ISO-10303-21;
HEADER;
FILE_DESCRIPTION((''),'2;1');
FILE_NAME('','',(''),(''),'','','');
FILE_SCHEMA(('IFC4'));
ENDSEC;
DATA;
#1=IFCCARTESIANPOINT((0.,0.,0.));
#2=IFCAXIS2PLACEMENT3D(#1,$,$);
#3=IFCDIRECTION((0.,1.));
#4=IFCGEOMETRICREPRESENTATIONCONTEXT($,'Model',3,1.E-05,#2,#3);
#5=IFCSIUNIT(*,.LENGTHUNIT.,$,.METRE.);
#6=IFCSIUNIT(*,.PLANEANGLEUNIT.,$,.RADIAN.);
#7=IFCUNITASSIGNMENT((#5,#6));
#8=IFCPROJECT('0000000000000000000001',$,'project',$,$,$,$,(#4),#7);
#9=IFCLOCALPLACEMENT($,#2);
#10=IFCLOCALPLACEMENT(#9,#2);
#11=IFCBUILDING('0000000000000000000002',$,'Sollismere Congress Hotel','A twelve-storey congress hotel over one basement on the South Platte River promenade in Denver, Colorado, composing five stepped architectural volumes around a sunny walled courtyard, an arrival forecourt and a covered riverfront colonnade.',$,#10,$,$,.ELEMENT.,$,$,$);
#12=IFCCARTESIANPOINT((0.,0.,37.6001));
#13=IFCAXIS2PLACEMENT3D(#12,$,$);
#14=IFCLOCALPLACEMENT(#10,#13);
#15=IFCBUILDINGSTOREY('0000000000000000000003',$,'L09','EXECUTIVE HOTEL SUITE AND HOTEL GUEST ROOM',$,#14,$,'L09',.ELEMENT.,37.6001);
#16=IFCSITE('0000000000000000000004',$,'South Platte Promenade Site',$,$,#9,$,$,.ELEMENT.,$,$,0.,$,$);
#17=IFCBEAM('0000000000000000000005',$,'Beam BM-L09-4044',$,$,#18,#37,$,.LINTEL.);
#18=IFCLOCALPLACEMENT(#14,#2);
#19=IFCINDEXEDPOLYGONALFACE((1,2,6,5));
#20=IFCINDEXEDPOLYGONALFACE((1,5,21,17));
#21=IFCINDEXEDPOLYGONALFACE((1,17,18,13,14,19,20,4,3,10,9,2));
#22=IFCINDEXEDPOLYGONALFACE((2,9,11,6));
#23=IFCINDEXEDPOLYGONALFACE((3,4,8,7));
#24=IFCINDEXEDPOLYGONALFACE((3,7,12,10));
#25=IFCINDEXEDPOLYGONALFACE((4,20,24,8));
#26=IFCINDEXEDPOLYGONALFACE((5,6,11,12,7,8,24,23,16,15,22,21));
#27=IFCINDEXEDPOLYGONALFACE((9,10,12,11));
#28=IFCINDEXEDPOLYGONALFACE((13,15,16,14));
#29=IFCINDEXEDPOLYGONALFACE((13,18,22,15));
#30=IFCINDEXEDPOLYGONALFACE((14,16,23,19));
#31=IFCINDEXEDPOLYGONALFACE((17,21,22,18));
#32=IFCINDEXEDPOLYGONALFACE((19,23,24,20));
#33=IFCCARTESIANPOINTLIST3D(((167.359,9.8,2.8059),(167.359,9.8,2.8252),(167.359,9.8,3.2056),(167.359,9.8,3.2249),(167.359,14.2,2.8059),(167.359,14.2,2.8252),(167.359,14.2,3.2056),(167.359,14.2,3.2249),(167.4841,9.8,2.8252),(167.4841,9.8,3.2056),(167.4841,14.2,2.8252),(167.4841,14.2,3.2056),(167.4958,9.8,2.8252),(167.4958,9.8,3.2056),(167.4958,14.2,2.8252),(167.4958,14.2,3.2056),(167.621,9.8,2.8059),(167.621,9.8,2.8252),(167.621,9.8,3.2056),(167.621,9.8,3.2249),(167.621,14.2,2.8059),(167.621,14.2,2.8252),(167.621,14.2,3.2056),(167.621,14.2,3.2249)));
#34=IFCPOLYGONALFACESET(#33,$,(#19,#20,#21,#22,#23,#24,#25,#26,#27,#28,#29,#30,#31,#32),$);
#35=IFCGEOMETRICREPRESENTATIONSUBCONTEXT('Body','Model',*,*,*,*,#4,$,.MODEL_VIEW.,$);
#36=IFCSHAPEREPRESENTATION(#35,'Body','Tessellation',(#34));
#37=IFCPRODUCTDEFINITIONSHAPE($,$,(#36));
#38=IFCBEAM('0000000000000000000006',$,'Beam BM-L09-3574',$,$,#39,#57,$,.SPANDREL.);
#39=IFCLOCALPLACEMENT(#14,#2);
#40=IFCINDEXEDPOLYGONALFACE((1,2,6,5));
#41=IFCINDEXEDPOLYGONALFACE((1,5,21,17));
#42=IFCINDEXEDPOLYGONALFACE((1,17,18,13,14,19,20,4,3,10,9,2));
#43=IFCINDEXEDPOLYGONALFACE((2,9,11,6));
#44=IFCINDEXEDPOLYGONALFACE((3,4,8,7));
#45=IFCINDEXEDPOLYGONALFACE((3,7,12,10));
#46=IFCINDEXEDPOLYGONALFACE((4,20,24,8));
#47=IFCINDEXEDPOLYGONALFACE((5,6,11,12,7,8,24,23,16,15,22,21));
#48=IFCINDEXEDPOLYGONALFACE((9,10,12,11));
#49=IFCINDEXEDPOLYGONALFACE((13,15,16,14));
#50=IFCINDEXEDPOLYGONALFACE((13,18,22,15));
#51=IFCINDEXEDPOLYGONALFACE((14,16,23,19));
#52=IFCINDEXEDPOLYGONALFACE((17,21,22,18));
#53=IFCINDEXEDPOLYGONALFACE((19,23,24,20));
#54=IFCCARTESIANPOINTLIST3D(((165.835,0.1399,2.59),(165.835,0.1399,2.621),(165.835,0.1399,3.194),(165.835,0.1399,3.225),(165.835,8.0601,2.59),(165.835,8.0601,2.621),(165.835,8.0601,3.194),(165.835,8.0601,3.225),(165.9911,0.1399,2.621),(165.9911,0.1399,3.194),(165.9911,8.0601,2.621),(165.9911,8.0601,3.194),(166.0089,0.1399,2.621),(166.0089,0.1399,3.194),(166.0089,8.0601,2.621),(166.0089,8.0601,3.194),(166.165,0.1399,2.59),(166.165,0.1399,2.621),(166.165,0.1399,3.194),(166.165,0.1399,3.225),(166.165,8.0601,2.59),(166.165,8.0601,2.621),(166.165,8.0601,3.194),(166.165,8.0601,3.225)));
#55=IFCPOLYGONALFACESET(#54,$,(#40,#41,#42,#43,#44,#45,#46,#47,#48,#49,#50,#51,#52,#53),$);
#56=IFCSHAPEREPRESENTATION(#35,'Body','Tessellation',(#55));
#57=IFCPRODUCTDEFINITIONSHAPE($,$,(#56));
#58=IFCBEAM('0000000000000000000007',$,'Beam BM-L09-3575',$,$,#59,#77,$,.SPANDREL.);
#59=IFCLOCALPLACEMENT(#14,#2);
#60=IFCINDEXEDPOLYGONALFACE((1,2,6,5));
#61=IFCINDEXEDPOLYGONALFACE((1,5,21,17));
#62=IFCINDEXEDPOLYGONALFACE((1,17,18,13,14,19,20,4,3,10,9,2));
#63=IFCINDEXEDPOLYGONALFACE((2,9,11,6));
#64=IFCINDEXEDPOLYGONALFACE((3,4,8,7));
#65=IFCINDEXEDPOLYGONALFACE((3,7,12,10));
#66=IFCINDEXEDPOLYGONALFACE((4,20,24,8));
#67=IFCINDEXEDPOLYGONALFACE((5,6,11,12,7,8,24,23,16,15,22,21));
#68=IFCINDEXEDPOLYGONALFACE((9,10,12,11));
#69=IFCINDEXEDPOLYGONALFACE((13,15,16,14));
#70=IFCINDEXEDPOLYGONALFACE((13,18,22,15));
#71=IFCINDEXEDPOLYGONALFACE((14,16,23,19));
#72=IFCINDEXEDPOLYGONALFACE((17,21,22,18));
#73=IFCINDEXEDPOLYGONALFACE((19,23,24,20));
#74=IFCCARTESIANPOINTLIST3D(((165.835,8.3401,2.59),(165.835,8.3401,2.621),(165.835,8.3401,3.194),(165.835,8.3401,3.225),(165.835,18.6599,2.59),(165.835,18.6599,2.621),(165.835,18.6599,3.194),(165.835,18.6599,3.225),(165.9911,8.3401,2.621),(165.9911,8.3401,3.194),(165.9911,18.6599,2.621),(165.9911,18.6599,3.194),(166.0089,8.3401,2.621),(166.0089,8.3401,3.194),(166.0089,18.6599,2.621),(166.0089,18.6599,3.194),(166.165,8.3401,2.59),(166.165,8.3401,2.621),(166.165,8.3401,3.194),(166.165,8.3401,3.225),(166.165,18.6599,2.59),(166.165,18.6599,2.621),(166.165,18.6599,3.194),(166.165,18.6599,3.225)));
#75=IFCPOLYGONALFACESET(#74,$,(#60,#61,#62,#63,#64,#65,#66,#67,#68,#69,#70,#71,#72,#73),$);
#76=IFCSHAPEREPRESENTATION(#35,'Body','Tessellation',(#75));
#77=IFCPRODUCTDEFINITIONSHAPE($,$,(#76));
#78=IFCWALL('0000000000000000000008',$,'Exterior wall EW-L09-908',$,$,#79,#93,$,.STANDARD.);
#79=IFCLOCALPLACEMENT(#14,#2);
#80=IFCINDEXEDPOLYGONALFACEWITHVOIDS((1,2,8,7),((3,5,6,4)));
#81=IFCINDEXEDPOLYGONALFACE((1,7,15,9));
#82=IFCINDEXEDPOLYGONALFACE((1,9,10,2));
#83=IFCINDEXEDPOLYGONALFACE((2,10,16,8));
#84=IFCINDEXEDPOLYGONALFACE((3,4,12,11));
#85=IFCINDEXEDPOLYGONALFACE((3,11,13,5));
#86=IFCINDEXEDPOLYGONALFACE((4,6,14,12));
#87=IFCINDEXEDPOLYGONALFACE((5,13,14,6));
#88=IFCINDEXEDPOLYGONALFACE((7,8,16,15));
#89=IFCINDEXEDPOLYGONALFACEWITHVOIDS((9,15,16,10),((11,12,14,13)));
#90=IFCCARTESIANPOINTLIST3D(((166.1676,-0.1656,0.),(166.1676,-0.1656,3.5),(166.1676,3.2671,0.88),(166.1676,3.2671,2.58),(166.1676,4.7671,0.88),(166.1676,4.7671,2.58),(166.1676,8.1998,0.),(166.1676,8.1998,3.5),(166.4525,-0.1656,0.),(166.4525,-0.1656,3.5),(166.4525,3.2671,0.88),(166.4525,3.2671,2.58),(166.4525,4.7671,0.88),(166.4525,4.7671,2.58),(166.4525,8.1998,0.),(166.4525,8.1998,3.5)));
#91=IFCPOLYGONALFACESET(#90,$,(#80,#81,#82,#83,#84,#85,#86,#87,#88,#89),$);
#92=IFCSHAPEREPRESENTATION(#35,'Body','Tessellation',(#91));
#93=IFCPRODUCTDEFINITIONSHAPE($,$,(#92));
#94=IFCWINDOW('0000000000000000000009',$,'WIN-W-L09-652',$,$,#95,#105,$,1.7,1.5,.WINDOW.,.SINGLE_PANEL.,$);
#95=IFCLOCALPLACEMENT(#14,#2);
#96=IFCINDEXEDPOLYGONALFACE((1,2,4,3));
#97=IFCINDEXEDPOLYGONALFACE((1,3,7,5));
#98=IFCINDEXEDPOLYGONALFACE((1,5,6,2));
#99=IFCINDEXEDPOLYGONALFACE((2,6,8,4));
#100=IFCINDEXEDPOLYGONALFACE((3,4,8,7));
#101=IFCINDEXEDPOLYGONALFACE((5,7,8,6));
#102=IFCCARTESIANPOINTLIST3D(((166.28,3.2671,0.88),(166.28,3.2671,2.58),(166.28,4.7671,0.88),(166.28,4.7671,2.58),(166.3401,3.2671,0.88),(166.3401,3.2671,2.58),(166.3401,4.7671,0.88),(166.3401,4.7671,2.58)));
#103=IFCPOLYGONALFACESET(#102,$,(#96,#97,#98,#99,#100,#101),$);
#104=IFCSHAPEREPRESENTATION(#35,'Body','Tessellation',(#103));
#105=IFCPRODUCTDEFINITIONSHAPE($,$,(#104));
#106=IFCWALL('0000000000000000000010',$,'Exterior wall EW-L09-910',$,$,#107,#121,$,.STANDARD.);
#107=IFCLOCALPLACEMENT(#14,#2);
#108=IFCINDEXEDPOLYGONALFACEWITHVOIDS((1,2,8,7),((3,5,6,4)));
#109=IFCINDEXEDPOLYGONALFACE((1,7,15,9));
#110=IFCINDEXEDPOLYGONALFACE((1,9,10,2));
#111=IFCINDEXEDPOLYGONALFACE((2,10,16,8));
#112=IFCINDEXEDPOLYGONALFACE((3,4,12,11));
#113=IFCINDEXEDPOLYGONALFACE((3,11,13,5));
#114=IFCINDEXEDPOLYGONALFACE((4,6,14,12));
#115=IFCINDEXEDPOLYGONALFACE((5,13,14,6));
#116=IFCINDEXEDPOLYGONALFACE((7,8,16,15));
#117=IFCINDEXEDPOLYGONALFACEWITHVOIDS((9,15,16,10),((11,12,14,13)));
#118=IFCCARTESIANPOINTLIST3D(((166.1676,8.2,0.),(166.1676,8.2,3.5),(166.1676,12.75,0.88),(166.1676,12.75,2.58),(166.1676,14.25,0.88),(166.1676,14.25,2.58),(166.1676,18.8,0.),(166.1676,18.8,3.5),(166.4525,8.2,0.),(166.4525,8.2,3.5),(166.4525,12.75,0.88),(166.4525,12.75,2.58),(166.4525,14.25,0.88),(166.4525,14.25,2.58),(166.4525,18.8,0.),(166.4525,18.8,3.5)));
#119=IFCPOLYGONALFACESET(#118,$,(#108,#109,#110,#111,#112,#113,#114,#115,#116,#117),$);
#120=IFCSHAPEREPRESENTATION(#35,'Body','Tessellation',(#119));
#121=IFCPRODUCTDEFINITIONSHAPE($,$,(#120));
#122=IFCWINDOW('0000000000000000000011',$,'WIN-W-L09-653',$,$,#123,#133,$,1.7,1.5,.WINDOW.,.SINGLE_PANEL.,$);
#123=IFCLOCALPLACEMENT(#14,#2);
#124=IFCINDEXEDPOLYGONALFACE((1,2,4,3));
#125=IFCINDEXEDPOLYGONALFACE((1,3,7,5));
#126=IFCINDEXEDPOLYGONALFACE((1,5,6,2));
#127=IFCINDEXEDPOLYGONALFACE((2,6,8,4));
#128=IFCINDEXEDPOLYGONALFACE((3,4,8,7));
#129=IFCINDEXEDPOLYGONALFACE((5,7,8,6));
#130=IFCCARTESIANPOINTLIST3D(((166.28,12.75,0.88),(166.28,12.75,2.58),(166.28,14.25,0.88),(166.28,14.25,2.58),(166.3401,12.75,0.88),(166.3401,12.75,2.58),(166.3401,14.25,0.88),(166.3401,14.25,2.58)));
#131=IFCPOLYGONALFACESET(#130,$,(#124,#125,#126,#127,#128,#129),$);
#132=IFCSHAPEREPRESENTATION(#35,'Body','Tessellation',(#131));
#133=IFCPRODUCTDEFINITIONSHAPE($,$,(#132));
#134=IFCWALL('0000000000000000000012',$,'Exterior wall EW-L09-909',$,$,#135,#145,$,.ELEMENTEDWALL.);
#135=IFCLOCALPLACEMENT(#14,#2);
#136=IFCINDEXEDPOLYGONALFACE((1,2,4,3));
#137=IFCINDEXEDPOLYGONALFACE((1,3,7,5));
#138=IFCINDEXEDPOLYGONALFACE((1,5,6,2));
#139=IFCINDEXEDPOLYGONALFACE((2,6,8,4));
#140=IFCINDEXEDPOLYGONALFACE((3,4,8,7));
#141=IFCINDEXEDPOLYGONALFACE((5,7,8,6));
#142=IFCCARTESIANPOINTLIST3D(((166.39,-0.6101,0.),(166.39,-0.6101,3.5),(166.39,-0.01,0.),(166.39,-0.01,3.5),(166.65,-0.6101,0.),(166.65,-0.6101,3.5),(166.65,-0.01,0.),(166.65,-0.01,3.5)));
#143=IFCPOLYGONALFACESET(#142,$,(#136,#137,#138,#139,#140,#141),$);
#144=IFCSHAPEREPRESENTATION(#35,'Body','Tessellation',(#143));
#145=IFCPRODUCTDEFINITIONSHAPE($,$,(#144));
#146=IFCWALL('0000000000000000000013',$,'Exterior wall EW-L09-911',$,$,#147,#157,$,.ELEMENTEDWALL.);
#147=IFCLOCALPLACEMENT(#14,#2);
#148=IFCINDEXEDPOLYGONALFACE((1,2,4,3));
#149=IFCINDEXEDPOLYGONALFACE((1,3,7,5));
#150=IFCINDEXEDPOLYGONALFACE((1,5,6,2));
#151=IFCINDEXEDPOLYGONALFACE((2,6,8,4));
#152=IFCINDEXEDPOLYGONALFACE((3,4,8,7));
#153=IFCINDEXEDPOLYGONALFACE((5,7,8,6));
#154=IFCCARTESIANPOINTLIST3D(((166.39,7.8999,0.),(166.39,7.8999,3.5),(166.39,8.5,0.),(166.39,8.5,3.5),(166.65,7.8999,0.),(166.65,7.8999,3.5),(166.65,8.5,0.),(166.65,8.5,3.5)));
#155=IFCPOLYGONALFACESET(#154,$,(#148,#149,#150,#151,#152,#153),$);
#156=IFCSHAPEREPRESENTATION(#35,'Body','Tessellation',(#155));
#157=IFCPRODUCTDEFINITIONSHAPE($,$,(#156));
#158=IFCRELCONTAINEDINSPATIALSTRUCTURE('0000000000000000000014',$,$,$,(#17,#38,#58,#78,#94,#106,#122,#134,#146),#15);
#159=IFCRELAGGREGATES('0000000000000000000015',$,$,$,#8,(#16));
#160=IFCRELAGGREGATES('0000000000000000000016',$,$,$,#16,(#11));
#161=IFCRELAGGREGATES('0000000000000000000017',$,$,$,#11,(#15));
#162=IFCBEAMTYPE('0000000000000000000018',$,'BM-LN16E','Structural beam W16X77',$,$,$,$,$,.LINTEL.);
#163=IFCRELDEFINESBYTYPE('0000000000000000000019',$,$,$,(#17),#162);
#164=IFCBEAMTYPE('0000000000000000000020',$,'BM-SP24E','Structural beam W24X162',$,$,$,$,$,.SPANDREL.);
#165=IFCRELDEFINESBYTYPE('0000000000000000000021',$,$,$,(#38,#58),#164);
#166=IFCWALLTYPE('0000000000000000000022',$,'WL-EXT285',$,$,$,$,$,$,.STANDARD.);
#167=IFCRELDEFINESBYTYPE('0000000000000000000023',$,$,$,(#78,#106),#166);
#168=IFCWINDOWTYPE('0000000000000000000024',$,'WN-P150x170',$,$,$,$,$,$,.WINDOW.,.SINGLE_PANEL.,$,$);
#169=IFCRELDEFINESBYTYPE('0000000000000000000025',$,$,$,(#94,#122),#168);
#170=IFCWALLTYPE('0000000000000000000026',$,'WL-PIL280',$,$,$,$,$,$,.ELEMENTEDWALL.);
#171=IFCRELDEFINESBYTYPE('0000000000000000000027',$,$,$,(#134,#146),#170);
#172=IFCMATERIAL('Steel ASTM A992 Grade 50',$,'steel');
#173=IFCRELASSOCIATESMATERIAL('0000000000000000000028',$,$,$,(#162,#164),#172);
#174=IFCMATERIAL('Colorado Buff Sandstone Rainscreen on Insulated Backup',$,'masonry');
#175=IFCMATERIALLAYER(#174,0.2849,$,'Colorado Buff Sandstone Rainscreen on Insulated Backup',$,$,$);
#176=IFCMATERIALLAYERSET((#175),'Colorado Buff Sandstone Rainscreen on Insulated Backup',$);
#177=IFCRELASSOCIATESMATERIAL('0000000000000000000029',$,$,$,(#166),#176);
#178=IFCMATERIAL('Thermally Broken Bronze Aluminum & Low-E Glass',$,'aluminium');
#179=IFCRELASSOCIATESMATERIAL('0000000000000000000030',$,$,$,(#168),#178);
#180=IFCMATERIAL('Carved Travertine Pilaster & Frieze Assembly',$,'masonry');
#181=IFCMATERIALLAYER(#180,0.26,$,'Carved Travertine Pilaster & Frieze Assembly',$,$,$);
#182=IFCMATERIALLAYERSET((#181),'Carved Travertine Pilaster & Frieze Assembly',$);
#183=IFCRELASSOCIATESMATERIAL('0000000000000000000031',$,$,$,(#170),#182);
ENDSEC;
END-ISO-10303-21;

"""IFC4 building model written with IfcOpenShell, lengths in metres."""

from ifc_helpers import new_model, si_unit, direction, frame, frame_2d, origin, origin_2d, place, context, subcontext, project, spatial, rectangle, i_section, extrude, material, layer, layer_set, material_profile, profile_set, type_object, element, fill, save


model = new_model("IFC4")

# Units and contexts
model_context = context("Model", 3, precision=1e-05, world=origin(), true_north=direction((0.0, 1.0)))
body_context = subcontext(model_context, "Body", "Model", "MODEL_VIEW")
ifc_project = project(units=[si_unit("LENGTHUNIT", "METRE"), si_unit("PLANEANGLEUNIT", "RADIAN")], contexts=[model_context])

# Site, building, storey
site_placement = place(None, origin())
site = spatial("IfcSite", under=ifc_project, at=site_placement, Name="South Platte Promenade Site", CompositionType="ELEMENT", RefElevation=0.0)
building_placement = place(site_placement, origin())
building = spatial("IfcBuilding", under=site, at=building_placement, Name="Sollismere Congress Hotel", Description="A twelve-storey congress hotel over one basement on the South Platte River promenade in Denver, Colorado, composing five stepped architectural volumes around a sunny walled courtyard, an arrival forecourt and a covered riverfront colonnade.", CompositionType="ELEMENT")
storey_placement = place(building_placement, frame((0.0, 0.0, 37.6001)))
storey = spatial("IfcBuildingStorey", under=building, at=storey_placement, Name="L09", Description="EXECUTIVE HOTEL SUITE AND HOTEL GUEST ROOM", LongName="L09", CompositionType="ELEMENT", Elevation=37.6001)

# Shared definitions
ifc_material_1 = material(Name="Steel ASTM A992 Grade 50", Category="steel")

# Beams
ifc_material_profile_1 = material_profile(ifc_material_1, i_section(OverallWidth=0.262, OverallDepth=0.4189, WebThickness=0.0117, FlangeThickness=0.0193, at=origin_2d()), Name="W16X77")
ifc_profile_set_1 = profile_set([ifc_material_profile_1], Name="Steel ASTM A992 Grade 50")
beam_type_1 = type_object("IfcBeamType", Name="BM-LN16E", Description="Structural beam W16X77", PredefinedType="LINTEL", material=ifc_profile_set_1)
beam_1_placement = place(storey_placement, frame((167.49, 9.8, 3.0154), z_axis=(0.0, 1.0, 0.0), x_axis=(-1.0, 0.0, 0.0)))
element("IfcBeam", 1, at=beam_1_placement, inside=storey, type_object=beam_type_1, Name="Beam BM-L09-4044", PredefinedType="LINTEL", context=body_context, shape_type="SweptSolid", body=[
    extrude(i_section(OverallWidth=0.262, OverallDepth=0.4189, WebThickness=0.0117, FlangeThickness=0.0193, at=origin_2d()), origin(), (0.0, 0.0, 1.0), 4.3999),
])
ifc_material_profile_2 = material_profile(ifc_material_1, i_section(OverallWidth=0.3301, OverallDepth=0.635, WebThickness=0.0178, FlangeThickness=0.031, at=origin_2d()), Name="W24X162")
ifc_profile_set_2 = profile_set([ifc_material_profile_2], Name="Steel ASTM A992 Grade 50")
beam_type_2 = type_object("IfcBeamType", Name="BM-SP24E", Description="Structural beam W24X162", PredefinedType="SPANDREL", material=ifc_profile_set_2)
beam_2_placement = place(storey_placement, frame((166.0, 0.1399, 2.9075), z_axis=(0.0, 1.0, 0.0), x_axis=(-1.0, 0.0, 0.0)))
element("IfcBeam", 2, at=beam_2_placement, inside=storey, type_object=beam_type_2, Name="Beam BM-L09-3574", PredefinedType="SPANDREL", context=body_context, shape_type="SweptSolid", body=[
    extrude(i_section(OverallWidth=0.3301, OverallDepth=0.635, WebThickness=0.0178, FlangeThickness=0.031, at=origin_2d()), origin(), (0.0, 0.0, 1.0), 7.9202),
])
beam_3_placement = place(storey_placement, frame((166.0, 8.3401, 2.9075), z_axis=(0.0, 1.0, 0.0), x_axis=(-1.0, 0.0, 0.0)))
element("IfcBeam", 3, at=beam_3_placement, inside=storey, type_object=beam_type_2, Name="Beam BM-L09-3575", PredefinedType="SPANDREL", context=body_context, shape_type="SweptSolid", body=[
    extrude(i_section(OverallWidth=0.3301, OverallDepth=0.635, WebThickness=0.0178, FlangeThickness=0.031, at=origin_2d()), origin(), (0.0, 0.0, 1.0), 10.3198),
])

# Walls, openings, windows
ifc_material_2 = material(Name="Colorado Buff Sandstone Rainscreen on Insulated Backup", Category="masonry")
ifc_layer_1 = layer(ifc_material_2, 0.2849, Name="Colorado Buff Sandstone Rainscreen on Insulated Backup")
ifc_layer_set_1 = layer_set([ifc_layer_1], Name="Colorado Buff Sandstone Rainscreen on Insulated Backup")
wall_type_1 = type_object("IfcWallType", Name="WL-EXT285", PredefinedType="STANDARD", material=ifc_layer_set_1)
wall_1_placement = place(storey_placement, frame((166.3101, -0.1655, 0.0), z_axis=(0.0, 0.0, 1.0), x_axis=(0.0, 1.0, 0.0)))
wall_1 = element("IfcWall", 4, at=wall_1_placement, inside=storey, type_object=wall_type_1, Name="Exterior wall EW-L09-908", PredefinedType="STANDARD", context=body_context, shape_type="SweptSolid", body=[
    extrude(rectangle(XDim=8.3655, YDim=0.2849, at=frame_2d((4.1826, 0.0))), origin(), (0.0, 0.0, 1.0), 3.5),
])
opening_1_placement = place(wall_1_placement, frame((3.4326, 0.0, 0.8799)))
opening_1 = element("IfcOpeningElement", 5, at=opening_1_placement, cuts=wall_1, PredefinedType="OPENING", context=body_context, shape_type="SweptSolid", body=[
    extrude(rectangle(XDim=1.5, YDim=1.7, at=frame_2d((0.75, 0.8501))), frame((0.0, 0.1523, 0.0), z_axis=(0.0, -1.0, 0.0), x_axis=(1.0, 0.0, 0.0)), (0.0, 0.0, 1.0), 0.3049),
])
ifc_material_3 = material(Name="Thermally Broken Bronze Aluminum & Low-E Glass", Category="aluminium")
window_type = type_object("IfcWindowType", Name="WN-P150x170", PartitioningType="SINGLE_PANEL", PredefinedType="WINDOW", material=ifc_material_3)
window_1_placement = place(opening_1_placement, origin())
window_1 = element("IfcWindow", 6, at=window_1_placement, inside=storey, type_object=window_type, Name="WIN-W-L09-652", OverallHeight=1.7, OverallWidth=1.5, PartitioningType="SINGLE_PANEL", PredefinedType="WINDOW", context=body_context, shape_type="SweptSolid", body=[
    extrude(rectangle(XDim=1.5, YDim=1.7, at=frame_2d((0.75, 0.8501))), frame((0.0, 0.03, 0.0), z_axis=(0.0, -1.0, 0.0), x_axis=(1.0, 0.0, 0.0)), (0.0, 0.0, 1.0), 0.0601),
])
fill(opening_1, window_1)
wall_2_placement = place(storey_placement, frame((166.3101, 8.2, 0.0), z_axis=(0.0, 0.0, 1.0), x_axis=(0.0, 1.0, 0.0)))
wall_2 = element("IfcWall", 7, at=wall_2_placement, inside=storey, type_object=wall_type_1, Name="Exterior wall EW-L09-910", PredefinedType="STANDARD", context=body_context, shape_type="SweptSolid", body=[
    extrude(rectangle(XDim=10.6001, YDim=0.2849, at=frame_2d((5.3, 0.0))), origin(), (0.0, 0.0, 1.0), 3.5),
])
opening_2_placement = place(wall_2_placement, frame((4.55, 0.0, 0.8799)))
opening_2 = element("IfcOpeningElement", 8, at=opening_2_placement, cuts=wall_2, PredefinedType="OPENING", context=body_context, shape_type="SweptSolid", body=[
    extrude(rectangle(XDim=1.5, YDim=1.7, at=frame_2d((0.75, 0.8501))), frame((0.0, 0.1523, 0.0), z_axis=(0.0, -1.0, 0.0), x_axis=(1.0, 0.0, 0.0)), (0.0, 0.0, 1.0), 0.3049),
])
window_2_placement = place(opening_2_placement, origin())
window_2 = element("IfcWindow", 9, at=window_2_placement, inside=storey, type_object=window_type, Name="WIN-W-L09-653", OverallHeight=1.7, OverallWidth=1.5, PartitioningType="SINGLE_PANEL", PredefinedType="WINDOW", context=body_context, shape_type="SweptSolid", body=[
    extrude(rectangle(XDim=1.5, YDim=1.7, at=frame_2d((0.75, 0.8501))), frame((0.0, 0.03, 0.0), z_axis=(0.0, -1.0, 0.0), x_axis=(1.0, 0.0, 0.0)), (0.0, 0.0, 1.0), 0.0601),
])
fill(opening_2, window_2)

# Walls
ifc_material_4 = material(Name="Carved Travertine Pilaster & Frieze Assembly", Category="masonry")
ifc_layer_2 = layer(ifc_material_4, 0.26, Name="Carved Travertine Pilaster & Frieze Assembly")
ifc_layer_set_2 = layer_set([ifc_layer_2], Name="Carved Travertine Pilaster & Frieze Assembly")
wall_type_2 = type_object("IfcWallType", Name="WL-PIL280", PredefinedType="ELEMENTEDWALL", material=ifc_layer_set_2)
for number, where, z_axis, x_axis, name in (
    (10, (166.52, -0.6101, 0.0), (0.0, 0.0, 1.0), (0.0, 1.0, 0.0), "Exterior wall EW-L09-909"),
    (11, (166.52, 7.8999, 0.0), (0.0, 0.0, 1.0), (0.0, 1.0, 0.0), "Exterior wall EW-L09-911"),
):
    element("IfcWall", number, at=place(storey_placement, frame(where, z_axis=z_axis, x_axis=x_axis)), inside=storey, type_object=wall_type_2, Name=name, PredefinedType="ELEMENTEDWALL", context=body_context, shape_type="SweptSolid", body=[
        extrude(rectangle(XDim=0.6001, YDim=0.26, at=frame_2d((0.3, 0.0))), origin(), (0.0, 0.0, 1.0), 3.5),
    ])

save(model, "model.ifc")
